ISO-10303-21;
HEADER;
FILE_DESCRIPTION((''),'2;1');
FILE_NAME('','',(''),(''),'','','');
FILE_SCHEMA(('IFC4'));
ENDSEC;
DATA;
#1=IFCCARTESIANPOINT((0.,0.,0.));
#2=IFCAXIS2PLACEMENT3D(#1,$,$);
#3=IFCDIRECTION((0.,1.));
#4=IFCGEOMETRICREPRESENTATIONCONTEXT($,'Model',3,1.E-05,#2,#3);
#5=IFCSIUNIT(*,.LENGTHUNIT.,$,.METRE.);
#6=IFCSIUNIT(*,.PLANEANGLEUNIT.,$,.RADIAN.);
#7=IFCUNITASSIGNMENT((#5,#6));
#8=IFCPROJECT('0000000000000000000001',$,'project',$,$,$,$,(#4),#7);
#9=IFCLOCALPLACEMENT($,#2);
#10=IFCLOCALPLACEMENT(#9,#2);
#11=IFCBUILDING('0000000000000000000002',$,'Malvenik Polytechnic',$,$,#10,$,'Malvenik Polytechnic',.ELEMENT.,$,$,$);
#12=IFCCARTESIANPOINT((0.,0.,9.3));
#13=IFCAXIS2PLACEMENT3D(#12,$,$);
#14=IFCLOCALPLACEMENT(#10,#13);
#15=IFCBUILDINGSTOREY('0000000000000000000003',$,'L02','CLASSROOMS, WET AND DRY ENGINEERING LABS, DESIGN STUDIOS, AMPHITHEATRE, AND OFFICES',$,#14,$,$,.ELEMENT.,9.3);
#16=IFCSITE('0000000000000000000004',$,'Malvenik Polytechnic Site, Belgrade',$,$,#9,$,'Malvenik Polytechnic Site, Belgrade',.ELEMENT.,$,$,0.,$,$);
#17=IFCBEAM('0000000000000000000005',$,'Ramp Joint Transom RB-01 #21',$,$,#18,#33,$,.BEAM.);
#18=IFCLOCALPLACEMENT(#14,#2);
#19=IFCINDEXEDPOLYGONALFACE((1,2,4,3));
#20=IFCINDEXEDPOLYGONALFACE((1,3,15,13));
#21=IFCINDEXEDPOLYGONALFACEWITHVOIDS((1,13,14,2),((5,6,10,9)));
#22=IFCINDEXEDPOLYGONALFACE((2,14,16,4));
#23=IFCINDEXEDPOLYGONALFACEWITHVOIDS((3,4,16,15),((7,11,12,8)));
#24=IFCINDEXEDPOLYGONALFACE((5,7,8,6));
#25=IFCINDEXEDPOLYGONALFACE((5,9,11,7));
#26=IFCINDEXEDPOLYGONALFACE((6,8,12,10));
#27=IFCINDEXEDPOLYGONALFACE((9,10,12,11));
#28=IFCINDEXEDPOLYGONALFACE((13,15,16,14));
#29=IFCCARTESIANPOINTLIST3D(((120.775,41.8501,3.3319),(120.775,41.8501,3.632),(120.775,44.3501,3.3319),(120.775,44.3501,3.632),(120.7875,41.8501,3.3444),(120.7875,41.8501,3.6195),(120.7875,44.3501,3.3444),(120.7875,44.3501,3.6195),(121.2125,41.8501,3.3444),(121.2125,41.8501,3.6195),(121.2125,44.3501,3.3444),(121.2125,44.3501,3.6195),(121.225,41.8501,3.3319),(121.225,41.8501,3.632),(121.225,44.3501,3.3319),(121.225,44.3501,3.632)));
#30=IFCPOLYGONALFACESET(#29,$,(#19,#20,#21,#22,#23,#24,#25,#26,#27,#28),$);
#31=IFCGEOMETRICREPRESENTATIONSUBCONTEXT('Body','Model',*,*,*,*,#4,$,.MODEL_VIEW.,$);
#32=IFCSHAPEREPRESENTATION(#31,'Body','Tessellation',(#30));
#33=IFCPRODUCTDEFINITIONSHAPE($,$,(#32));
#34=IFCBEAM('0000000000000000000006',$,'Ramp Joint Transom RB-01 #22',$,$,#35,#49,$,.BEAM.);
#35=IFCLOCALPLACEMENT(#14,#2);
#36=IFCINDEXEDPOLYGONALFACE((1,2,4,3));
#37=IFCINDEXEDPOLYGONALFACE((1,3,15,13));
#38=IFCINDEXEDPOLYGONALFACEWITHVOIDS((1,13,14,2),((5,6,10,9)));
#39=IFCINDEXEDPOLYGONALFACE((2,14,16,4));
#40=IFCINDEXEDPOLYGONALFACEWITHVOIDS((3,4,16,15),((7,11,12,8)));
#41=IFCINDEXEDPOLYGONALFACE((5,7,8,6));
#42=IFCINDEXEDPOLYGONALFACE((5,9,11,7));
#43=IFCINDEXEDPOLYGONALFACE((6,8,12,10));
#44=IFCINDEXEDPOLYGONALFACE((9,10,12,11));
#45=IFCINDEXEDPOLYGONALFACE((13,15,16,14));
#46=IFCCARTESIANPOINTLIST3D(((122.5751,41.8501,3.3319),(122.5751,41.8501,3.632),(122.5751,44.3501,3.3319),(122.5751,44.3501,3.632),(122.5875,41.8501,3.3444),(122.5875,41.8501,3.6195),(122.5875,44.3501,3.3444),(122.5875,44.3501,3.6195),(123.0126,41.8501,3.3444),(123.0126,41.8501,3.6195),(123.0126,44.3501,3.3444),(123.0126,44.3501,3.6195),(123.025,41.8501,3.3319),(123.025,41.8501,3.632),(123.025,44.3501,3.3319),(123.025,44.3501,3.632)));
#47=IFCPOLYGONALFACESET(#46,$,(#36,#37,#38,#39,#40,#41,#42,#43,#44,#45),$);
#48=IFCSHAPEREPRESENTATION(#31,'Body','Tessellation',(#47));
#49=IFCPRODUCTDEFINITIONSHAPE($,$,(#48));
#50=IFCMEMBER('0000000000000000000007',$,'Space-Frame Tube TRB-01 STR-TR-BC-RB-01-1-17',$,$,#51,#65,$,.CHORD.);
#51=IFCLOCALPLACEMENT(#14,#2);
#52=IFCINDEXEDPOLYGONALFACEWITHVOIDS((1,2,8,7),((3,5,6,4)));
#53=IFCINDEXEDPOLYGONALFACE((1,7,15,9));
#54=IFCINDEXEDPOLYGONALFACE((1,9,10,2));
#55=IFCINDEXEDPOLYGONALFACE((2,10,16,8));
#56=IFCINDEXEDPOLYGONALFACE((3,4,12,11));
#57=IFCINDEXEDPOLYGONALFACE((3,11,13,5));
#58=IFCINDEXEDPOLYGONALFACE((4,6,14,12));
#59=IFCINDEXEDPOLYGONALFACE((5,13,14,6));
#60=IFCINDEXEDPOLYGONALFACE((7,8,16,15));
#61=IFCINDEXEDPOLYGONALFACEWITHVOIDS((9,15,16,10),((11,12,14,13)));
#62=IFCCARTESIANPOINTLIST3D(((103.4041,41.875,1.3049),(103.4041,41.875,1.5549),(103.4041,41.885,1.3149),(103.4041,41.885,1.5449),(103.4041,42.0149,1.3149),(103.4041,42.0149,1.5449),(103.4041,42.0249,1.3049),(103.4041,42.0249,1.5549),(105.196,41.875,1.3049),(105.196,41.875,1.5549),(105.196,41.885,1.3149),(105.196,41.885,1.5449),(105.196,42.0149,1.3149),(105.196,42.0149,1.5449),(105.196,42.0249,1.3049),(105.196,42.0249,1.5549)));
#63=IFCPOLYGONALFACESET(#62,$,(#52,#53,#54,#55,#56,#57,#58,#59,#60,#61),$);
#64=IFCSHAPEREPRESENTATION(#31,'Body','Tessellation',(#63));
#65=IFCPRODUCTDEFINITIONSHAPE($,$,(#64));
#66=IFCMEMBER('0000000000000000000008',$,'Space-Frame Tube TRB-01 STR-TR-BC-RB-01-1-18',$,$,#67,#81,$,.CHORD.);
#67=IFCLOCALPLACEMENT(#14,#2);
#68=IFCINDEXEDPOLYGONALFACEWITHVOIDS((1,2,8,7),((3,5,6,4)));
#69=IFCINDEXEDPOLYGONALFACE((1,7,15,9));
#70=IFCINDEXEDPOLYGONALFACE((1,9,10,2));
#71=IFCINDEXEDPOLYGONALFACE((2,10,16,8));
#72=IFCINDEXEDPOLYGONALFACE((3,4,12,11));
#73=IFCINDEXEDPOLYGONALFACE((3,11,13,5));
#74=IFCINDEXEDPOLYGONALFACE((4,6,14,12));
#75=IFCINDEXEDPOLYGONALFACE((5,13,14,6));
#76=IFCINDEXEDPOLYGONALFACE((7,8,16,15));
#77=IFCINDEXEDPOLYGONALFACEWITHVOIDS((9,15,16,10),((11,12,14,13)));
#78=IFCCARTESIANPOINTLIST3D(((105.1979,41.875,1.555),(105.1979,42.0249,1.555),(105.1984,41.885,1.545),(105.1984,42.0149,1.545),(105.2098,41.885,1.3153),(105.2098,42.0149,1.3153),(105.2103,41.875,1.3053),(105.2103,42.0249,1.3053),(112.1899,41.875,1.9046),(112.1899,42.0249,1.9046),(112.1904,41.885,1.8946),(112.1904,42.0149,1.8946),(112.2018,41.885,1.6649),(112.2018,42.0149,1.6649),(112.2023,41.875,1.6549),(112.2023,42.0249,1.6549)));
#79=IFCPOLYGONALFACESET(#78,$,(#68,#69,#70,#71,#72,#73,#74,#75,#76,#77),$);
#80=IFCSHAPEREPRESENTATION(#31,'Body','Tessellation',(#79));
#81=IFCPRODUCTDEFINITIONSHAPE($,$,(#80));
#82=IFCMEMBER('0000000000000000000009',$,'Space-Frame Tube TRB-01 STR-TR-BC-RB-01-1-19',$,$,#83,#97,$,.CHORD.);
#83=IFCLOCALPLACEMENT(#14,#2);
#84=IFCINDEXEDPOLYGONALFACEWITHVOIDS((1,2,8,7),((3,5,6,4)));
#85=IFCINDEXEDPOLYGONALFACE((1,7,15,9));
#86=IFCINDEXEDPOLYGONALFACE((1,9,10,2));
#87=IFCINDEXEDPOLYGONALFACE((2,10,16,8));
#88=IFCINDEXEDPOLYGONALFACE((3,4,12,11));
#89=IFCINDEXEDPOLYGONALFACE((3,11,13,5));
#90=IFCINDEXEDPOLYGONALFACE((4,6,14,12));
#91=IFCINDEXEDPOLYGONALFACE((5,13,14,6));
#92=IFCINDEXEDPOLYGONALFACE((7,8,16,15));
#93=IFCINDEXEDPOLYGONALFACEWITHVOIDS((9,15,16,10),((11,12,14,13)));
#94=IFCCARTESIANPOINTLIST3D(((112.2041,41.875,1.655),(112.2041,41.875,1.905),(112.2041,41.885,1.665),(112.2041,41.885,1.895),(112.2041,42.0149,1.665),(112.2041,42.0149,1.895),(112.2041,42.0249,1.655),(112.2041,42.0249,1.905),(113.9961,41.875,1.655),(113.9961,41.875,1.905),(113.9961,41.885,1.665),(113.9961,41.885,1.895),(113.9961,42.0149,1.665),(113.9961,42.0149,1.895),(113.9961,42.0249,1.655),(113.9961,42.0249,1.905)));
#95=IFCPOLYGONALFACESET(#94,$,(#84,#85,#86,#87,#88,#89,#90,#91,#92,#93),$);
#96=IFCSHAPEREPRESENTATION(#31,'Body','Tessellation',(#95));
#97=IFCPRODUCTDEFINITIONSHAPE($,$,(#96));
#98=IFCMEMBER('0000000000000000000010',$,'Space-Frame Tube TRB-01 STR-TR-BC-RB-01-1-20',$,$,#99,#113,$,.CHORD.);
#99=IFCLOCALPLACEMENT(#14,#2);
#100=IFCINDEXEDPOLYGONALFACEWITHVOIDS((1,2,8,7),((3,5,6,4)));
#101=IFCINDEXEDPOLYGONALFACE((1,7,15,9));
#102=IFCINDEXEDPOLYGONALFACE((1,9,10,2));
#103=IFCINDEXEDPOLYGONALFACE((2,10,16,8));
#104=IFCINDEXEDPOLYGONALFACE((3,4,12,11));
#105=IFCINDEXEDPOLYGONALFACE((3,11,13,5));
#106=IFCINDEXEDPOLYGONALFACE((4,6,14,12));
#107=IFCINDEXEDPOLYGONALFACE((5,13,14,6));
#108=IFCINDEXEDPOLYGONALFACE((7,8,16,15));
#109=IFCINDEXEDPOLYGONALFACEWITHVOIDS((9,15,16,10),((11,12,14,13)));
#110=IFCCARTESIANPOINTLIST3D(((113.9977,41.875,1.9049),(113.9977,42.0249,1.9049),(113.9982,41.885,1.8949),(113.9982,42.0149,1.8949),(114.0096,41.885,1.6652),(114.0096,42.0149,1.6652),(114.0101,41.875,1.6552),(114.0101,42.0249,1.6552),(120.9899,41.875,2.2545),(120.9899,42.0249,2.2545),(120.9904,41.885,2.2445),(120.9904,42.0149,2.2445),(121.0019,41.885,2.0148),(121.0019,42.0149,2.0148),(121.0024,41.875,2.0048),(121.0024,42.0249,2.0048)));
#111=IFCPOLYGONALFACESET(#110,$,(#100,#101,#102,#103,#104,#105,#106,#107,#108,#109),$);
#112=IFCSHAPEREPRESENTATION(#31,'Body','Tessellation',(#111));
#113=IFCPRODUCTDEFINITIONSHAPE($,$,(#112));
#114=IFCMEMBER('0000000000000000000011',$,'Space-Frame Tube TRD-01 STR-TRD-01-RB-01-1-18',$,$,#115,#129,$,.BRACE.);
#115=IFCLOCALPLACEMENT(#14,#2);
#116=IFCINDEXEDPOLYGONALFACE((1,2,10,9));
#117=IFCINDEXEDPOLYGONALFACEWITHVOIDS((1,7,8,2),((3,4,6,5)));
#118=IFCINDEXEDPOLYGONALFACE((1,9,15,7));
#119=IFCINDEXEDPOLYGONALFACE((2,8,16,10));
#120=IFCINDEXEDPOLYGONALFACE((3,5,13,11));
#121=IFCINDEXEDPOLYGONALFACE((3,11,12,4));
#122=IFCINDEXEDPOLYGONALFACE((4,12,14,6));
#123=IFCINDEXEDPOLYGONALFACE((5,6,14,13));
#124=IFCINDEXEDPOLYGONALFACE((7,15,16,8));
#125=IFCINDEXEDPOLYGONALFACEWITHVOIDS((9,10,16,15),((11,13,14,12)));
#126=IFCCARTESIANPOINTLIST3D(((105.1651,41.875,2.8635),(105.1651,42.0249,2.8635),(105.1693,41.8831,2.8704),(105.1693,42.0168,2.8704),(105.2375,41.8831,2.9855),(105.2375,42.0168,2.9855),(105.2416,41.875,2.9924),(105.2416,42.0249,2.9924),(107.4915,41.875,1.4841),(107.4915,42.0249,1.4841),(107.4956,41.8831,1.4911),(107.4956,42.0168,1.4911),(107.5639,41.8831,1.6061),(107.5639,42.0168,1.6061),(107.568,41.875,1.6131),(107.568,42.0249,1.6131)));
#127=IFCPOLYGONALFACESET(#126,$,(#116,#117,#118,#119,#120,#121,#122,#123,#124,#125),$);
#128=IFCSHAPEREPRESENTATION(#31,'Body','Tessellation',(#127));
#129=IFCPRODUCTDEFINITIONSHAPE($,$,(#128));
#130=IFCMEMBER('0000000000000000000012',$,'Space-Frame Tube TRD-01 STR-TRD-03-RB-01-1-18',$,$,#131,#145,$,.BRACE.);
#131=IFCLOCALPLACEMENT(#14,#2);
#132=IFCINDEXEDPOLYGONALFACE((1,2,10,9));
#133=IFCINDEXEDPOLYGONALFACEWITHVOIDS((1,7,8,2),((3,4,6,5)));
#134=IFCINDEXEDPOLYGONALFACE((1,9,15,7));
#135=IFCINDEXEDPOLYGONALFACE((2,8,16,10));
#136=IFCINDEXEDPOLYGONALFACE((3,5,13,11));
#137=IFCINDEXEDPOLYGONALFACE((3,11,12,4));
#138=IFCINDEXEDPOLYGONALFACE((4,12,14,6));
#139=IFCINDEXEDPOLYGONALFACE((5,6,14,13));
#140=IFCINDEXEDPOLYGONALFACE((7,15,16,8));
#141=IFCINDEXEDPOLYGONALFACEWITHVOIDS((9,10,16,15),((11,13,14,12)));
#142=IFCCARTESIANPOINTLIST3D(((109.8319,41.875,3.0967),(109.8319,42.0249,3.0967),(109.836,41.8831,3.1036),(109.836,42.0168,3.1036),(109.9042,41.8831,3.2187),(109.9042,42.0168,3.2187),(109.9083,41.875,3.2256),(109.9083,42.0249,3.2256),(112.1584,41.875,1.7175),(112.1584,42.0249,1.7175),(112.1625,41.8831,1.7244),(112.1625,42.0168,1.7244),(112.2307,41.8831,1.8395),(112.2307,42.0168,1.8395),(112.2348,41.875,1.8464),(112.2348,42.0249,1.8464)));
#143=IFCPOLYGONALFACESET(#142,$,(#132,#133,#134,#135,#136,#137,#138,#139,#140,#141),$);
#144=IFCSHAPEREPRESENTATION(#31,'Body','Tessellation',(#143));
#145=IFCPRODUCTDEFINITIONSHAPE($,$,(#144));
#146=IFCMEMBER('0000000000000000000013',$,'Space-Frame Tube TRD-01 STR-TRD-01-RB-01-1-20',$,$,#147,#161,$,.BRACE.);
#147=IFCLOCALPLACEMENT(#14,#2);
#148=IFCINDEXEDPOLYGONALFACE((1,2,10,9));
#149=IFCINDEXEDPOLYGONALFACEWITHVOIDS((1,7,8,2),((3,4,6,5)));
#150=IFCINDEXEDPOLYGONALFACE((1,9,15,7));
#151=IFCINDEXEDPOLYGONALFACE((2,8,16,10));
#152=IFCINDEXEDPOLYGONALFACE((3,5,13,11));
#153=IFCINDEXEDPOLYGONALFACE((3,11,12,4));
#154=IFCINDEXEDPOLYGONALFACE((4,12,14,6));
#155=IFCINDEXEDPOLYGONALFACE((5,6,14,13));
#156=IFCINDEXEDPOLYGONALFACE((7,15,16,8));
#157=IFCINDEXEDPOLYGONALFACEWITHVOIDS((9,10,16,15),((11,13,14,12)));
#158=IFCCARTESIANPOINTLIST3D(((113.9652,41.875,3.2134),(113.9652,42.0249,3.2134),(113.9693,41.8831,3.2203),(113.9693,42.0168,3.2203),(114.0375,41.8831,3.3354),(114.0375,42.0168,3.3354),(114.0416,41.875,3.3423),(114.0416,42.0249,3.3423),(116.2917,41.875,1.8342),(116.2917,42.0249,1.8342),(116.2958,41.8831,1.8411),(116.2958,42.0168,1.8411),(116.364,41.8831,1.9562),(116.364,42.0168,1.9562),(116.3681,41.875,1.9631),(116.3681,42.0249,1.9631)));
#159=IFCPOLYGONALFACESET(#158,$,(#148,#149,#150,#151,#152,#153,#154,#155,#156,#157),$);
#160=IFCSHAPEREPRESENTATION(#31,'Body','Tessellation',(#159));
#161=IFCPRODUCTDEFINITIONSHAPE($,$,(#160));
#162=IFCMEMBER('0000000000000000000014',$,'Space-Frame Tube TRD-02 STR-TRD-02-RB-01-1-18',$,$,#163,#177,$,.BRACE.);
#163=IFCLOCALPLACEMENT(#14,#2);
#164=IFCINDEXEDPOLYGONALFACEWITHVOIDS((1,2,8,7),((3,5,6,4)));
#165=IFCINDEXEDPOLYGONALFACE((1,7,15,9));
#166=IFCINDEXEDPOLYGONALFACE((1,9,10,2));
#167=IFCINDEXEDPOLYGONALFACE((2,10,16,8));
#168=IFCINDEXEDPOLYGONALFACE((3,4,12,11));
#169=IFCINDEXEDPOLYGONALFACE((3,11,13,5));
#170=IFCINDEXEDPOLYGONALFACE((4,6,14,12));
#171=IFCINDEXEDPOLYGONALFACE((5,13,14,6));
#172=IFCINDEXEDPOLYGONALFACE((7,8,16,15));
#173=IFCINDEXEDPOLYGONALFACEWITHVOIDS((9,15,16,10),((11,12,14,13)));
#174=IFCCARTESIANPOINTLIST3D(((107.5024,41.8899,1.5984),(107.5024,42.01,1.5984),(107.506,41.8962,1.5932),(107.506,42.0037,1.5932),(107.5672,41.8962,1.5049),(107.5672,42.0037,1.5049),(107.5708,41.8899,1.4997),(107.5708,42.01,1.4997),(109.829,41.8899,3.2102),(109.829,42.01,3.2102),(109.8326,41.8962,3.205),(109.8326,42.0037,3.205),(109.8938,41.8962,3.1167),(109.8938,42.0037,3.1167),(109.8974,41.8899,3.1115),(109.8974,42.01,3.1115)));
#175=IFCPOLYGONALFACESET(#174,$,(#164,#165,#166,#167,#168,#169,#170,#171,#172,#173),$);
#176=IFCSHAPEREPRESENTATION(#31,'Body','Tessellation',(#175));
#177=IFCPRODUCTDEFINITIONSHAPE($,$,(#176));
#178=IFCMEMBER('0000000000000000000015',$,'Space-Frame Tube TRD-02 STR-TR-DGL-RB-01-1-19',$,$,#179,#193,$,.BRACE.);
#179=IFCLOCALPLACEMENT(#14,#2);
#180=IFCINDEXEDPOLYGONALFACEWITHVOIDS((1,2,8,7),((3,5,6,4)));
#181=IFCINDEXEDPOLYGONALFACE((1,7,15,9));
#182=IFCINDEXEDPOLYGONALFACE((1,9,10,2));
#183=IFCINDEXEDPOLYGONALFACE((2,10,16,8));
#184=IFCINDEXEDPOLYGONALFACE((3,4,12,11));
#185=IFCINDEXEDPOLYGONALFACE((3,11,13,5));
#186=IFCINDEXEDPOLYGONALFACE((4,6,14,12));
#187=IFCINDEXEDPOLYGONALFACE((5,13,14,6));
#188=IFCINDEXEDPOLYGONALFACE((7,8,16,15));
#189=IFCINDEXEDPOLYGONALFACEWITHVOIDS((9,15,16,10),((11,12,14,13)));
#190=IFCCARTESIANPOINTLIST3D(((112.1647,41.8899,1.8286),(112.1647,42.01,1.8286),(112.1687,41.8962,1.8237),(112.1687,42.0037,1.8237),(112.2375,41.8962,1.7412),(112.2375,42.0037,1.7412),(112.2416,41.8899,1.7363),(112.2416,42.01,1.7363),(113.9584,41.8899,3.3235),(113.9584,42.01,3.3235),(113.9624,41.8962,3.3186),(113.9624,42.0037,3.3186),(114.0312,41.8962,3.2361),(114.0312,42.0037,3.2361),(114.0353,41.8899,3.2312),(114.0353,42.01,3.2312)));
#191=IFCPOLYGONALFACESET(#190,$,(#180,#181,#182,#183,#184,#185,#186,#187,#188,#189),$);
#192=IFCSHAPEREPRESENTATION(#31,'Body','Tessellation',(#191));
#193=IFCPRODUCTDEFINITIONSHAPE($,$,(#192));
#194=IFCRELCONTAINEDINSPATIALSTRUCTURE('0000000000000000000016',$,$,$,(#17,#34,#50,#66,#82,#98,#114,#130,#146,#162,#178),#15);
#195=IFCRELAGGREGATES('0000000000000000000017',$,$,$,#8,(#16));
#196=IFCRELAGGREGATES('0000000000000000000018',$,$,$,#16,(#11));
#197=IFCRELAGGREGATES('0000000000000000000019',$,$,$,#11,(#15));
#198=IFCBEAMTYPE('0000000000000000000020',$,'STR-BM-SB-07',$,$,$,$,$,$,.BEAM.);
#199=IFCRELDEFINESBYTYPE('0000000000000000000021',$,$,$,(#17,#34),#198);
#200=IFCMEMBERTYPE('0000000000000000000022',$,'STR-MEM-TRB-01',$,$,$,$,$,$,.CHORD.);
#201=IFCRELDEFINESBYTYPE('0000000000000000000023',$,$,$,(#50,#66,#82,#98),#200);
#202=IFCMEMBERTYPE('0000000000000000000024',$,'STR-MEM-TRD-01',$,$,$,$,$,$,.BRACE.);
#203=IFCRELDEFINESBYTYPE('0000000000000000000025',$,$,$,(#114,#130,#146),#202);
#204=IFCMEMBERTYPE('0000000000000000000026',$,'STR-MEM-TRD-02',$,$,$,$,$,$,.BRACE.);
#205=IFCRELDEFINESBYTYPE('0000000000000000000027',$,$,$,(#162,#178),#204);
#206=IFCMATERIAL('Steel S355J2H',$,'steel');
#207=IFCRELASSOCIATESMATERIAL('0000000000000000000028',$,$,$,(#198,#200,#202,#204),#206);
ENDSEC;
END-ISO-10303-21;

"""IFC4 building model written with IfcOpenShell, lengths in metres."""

from ifc_helpers import new_model, si_unit, direction, frame, origin, origin_2d, place, context, subcontext, project, spatial, hollow_rectangle, extrude, material, material_profile, profile_set, type_object, element, save


model = new_model("IFC4")

# Units and contexts
model_context = context("Model", 3, precision=1e-05, world=origin(), true_north=direction((0.0, 1.0)))
body_context = subcontext(model_context, "Body", "Model", "MODEL_VIEW")
ifc_project = project(units=[si_unit("LENGTHUNIT", "METRE"), si_unit("PLANEANGLEUNIT", "RADIAN")], contexts=[model_context])

# Site, building, storey
site_placement = place(None, origin())
site = spatial("IfcSite", under=ifc_project, at=site_placement, Name="Malvenik Polytechnic Site, Belgrade", LongName="Malvenik Polytechnic Site, Belgrade", CompositionType="ELEMENT", RefElevation=0.0)
building_placement = place(site_placement, origin())
building = spatial("IfcBuilding", under=site, at=building_placement, Name="Malvenik Polytechnic", LongName="Malvenik Polytechnic", CompositionType="ELEMENT")
storey_placement = place(building_placement, frame((0.0, 0.0, 9.3)))
storey = spatial("IfcBuildingStorey", under=building, at=storey_placement, Name="L02", Description="CLASSROOMS, WET AND DRY ENGINEERING LABS, DESIGN STUDIOS, AMPHITHEATRE, AND OFFICES", CompositionType="ELEMENT", Elevation=9.3)

# Shared definitions
ifc_material_1 = material(Name="Steel S355J2H", Category="steel")

# Beams
ifc_material_profile_1 = material_profile(ifc_material_1, hollow_rectangle(XDim=0.45, YDim=0.3, WallThickness=0.0125, at=origin_2d()), Name="RHS 450x300x12.5")
ifc_profile_set_1 = profile_set([ifc_material_profile_1], Name="Steel S355J2H")
beam_type = type_object("IfcBeamType", Name="STR-BM-SB-07", PredefinedType="BEAM", material=ifc_profile_set_1)
for number, where, z_axis, x_axis, name in (
    (1, (121.0, 41.8501, 3.4819), (0.0, 1.0, 0.0), (-1.0, 0.0, 0.0), "Ramp Joint Transom RB-01 #21"),
    (2, (122.8, 41.8501, 3.4819), (0.0, 1.0, 0.0), (-1.0, 0.0, 0.0), "Ramp Joint Transom RB-01 #22"),
):
    element("IfcBeam", number, at=place(storey_placement, frame(where, z_axis=z_axis, x_axis=x_axis)), inside=storey, type_object=beam_type, Name=name, PredefinedType="BEAM", context=body_context, shape_type="SweptSolid", body=[
        extrude(hollow_rectangle(XDim=0.45, YDim=0.3, WallThickness=0.0125, at=origin_2d()), origin(), (0.0, 0.0, 1.0), 2.5),
    ])

# Members
ifc_material_profile_2 = material_profile(ifc_material_1, hollow_rectangle(XDim=0.1499, YDim=0.25, WallThickness=0.01, at=origin_2d()), Name="RHS 250x150x10.0")
ifc_profile_set_2 = profile_set([ifc_material_profile_2], Name="Steel S355J2H")
member_type_1 = type_object("IfcMemberType", Name="STR-MEM-TRB-01", PredefinedType="CHORD", material=ifc_profile_set_2)
member_1_placement = place(storey_placement, frame((103.4041, 41.95, 1.4299), z_axis=(1.0, 0.0, 0.0), x_axis=(0.0, 1.0, 0.0)))
element("IfcMember", 3, at=member_1_placement, inside=storey, type_object=member_type_1, Name="Space-Frame Tube TRB-01 STR-TR-BC-RB-01-1-17", PredefinedType="CHORD", context=body_context, shape_type="SweptSolid", body=[
    extrude(hollow_rectangle(XDim=0.1499, YDim=0.25, WallThickness=0.01, at=origin_2d()), origin(), (0.0, 0.0, 1.0), 1.792),
])
member_2_placement = place(storey_placement, frame((105.2041, 41.95, 1.4302), z_axis=(0.998752, 0.0, 0.049939), x_axis=(0.0, 1.0, 0.0)))
element("IfcMember", 4, at=member_2_placement, inside=storey, type_object=member_type_1, Name="Space-Frame Tube TRB-01 STR-TR-BC-RB-01-1-18", PredefinedType="CHORD", context=body_context, shape_type="SweptSolid", body=[
    extrude(hollow_rectangle(XDim=0.1499, YDim=0.25, WallThickness=0.01, at=origin_2d()), origin(), (0.0, 0.0, 1.0), 7.0007),
])
member_3_placement = place(storey_placement, frame((112.2041, 41.95, 1.78), z_axis=(1.0, 0.0, 0.0), x_axis=(0.0, 1.0, 0.0)))
element("IfcMember", 5, at=member_3_placement, inside=storey, type_object=member_type_1, Name="Space-Frame Tube TRB-01 STR-TR-BC-RB-01-1-19", PredefinedType="CHORD", context=body_context, shape_type="SweptSolid", body=[
    extrude(hollow_rectangle(XDim=0.1499, YDim=0.25, WallThickness=0.01, at=origin_2d()), origin(), (0.0, 0.0, 1.0), 1.792),
])
member_4_placement = place(storey_placement, frame((114.0039, 41.95, 1.78), z_axis=(0.998752, 0.0, 0.049938), x_axis=(0.0, 1.0, 0.0)))
element("IfcMember", 6, at=member_4_placement, inside=storey, type_object=member_type_1, Name="Space-Frame Tube TRB-01 STR-TR-BC-RB-01-1-20", PredefinedType="CHORD", context=body_context, shape_type="SweptSolid", body=[
    extrude(hollow_rectangle(XDim=0.1499, YDim=0.25, WallThickness=0.01, at=origin_2d()), origin(), (0.0, 0.0, 1.0), 7.001),
])
ifc_material_profile_3 = material_profile(ifc_material_1, hollow_rectangle(XDim=0.1499, YDim=0.1499, WallThickness=0.0081, at=origin_2d()), Name="SHS 150x150x8.0")
ifc_profile_set_3 = profile_set([ifc_material_profile_3], Name="Steel S355J2H")
member_type_2 = type_object("IfcMemberType", Name="STR-MEM-TRD-01", PredefinedType="BRACE", material=ifc_profile_set_3)
for number, where, z_axis, x_axis, name in (
    (7, (105.2034, 41.95, 2.928), (0.860165, 0.0, -0.510015), (0.0, 1.0, 0.0), "Space-Frame Tube TRD-01 STR-TRD-01-RB-01-1-18"),
    (8, (109.8701, 41.95, 3.1611), (0.860205, 0.0, -0.509948), (0.0, 1.0, 0.0), "Space-Frame Tube TRD-01 STR-TRD-03-RB-01-1-18"),
    (9, (114.0034, 41.95, 3.2778), (0.860205, 0.0, -0.509948), (0.0, 1.0, 0.0), "Space-Frame Tube TRD-01 STR-TRD-01-RB-01-1-20"),
):
    element("IfcMember", number, at=place(storey_placement, frame(where, z_axis=z_axis, x_axis=x_axis)), inside=storey, type_object=member_type_2, Name=name, PredefinedType="BRACE", context=body_context, shape_type="SweptSolid", body=[
        extrude(hollow_rectangle(XDim=0.1499, YDim=0.1499, WallThickness=0.0081, at=origin_2d()), origin(), (0.0, 0.0, 1.0), 2.7046),
    ])
ifc_material_profile_4 = material_profile(ifc_material_1, hollow_rectangle(XDim=0.1201, YDim=0.1201, WallThickness=0.0063, at=origin_2d()), Name="SHS 120x120x6.3")
ifc_profile_set_4 = profile_set([ifc_material_profile_4], Name="Steel S355J2H")
member_type_3 = type_object("IfcMemberType", Name="STR-MEM-TRD-02", PredefinedType="BRACE", material=ifc_profile_set_4)
member_5_placement = place(storey_placement, frame((107.5366, 41.95, 1.5491), z_axis=(0.822018, 0.0, 0.569461), x_axis=(0.0, 1.0, 0.0)))
element("IfcMember", 10, at=member_5_placement, inside=storey, type_object=member_type_3, Name="Space-Frame Tube TRD-02 STR-TRD-02-RB-01-1-18", PredefinedType="BRACE", context=body_context, shape_type="SweptSolid", body=[
    extrude(hollow_rectangle(XDim=0.1201, YDim=0.1201, WallThickness=0.0063, at=origin_2d()), origin(), (0.0, 0.0, 1.0), 2.8303),
])
member_6_placement = place(storey_placement, frame((112.2031, 41.95, 1.7825), z_axis=(0.768196, 0.0, 0.640215), x_axis=(0.0, 1.0, 0.0)))
element("IfcMember", 11, at=member_6_placement, inside=storey, type_object=member_type_3, Name="Space-Frame Tube TRD-02 STR-TR-DGL-RB-01-1-19", PredefinedType="BRACE", context=body_context, shape_type="SweptSolid", body=[
    extrude(hollow_rectangle(XDim=0.1201, YDim=0.1201, WallThickness=0.0063, at=origin_2d()), origin(), (0.0, 0.0, 1.0), 2.335),
])

save(model, "model.ifc")
